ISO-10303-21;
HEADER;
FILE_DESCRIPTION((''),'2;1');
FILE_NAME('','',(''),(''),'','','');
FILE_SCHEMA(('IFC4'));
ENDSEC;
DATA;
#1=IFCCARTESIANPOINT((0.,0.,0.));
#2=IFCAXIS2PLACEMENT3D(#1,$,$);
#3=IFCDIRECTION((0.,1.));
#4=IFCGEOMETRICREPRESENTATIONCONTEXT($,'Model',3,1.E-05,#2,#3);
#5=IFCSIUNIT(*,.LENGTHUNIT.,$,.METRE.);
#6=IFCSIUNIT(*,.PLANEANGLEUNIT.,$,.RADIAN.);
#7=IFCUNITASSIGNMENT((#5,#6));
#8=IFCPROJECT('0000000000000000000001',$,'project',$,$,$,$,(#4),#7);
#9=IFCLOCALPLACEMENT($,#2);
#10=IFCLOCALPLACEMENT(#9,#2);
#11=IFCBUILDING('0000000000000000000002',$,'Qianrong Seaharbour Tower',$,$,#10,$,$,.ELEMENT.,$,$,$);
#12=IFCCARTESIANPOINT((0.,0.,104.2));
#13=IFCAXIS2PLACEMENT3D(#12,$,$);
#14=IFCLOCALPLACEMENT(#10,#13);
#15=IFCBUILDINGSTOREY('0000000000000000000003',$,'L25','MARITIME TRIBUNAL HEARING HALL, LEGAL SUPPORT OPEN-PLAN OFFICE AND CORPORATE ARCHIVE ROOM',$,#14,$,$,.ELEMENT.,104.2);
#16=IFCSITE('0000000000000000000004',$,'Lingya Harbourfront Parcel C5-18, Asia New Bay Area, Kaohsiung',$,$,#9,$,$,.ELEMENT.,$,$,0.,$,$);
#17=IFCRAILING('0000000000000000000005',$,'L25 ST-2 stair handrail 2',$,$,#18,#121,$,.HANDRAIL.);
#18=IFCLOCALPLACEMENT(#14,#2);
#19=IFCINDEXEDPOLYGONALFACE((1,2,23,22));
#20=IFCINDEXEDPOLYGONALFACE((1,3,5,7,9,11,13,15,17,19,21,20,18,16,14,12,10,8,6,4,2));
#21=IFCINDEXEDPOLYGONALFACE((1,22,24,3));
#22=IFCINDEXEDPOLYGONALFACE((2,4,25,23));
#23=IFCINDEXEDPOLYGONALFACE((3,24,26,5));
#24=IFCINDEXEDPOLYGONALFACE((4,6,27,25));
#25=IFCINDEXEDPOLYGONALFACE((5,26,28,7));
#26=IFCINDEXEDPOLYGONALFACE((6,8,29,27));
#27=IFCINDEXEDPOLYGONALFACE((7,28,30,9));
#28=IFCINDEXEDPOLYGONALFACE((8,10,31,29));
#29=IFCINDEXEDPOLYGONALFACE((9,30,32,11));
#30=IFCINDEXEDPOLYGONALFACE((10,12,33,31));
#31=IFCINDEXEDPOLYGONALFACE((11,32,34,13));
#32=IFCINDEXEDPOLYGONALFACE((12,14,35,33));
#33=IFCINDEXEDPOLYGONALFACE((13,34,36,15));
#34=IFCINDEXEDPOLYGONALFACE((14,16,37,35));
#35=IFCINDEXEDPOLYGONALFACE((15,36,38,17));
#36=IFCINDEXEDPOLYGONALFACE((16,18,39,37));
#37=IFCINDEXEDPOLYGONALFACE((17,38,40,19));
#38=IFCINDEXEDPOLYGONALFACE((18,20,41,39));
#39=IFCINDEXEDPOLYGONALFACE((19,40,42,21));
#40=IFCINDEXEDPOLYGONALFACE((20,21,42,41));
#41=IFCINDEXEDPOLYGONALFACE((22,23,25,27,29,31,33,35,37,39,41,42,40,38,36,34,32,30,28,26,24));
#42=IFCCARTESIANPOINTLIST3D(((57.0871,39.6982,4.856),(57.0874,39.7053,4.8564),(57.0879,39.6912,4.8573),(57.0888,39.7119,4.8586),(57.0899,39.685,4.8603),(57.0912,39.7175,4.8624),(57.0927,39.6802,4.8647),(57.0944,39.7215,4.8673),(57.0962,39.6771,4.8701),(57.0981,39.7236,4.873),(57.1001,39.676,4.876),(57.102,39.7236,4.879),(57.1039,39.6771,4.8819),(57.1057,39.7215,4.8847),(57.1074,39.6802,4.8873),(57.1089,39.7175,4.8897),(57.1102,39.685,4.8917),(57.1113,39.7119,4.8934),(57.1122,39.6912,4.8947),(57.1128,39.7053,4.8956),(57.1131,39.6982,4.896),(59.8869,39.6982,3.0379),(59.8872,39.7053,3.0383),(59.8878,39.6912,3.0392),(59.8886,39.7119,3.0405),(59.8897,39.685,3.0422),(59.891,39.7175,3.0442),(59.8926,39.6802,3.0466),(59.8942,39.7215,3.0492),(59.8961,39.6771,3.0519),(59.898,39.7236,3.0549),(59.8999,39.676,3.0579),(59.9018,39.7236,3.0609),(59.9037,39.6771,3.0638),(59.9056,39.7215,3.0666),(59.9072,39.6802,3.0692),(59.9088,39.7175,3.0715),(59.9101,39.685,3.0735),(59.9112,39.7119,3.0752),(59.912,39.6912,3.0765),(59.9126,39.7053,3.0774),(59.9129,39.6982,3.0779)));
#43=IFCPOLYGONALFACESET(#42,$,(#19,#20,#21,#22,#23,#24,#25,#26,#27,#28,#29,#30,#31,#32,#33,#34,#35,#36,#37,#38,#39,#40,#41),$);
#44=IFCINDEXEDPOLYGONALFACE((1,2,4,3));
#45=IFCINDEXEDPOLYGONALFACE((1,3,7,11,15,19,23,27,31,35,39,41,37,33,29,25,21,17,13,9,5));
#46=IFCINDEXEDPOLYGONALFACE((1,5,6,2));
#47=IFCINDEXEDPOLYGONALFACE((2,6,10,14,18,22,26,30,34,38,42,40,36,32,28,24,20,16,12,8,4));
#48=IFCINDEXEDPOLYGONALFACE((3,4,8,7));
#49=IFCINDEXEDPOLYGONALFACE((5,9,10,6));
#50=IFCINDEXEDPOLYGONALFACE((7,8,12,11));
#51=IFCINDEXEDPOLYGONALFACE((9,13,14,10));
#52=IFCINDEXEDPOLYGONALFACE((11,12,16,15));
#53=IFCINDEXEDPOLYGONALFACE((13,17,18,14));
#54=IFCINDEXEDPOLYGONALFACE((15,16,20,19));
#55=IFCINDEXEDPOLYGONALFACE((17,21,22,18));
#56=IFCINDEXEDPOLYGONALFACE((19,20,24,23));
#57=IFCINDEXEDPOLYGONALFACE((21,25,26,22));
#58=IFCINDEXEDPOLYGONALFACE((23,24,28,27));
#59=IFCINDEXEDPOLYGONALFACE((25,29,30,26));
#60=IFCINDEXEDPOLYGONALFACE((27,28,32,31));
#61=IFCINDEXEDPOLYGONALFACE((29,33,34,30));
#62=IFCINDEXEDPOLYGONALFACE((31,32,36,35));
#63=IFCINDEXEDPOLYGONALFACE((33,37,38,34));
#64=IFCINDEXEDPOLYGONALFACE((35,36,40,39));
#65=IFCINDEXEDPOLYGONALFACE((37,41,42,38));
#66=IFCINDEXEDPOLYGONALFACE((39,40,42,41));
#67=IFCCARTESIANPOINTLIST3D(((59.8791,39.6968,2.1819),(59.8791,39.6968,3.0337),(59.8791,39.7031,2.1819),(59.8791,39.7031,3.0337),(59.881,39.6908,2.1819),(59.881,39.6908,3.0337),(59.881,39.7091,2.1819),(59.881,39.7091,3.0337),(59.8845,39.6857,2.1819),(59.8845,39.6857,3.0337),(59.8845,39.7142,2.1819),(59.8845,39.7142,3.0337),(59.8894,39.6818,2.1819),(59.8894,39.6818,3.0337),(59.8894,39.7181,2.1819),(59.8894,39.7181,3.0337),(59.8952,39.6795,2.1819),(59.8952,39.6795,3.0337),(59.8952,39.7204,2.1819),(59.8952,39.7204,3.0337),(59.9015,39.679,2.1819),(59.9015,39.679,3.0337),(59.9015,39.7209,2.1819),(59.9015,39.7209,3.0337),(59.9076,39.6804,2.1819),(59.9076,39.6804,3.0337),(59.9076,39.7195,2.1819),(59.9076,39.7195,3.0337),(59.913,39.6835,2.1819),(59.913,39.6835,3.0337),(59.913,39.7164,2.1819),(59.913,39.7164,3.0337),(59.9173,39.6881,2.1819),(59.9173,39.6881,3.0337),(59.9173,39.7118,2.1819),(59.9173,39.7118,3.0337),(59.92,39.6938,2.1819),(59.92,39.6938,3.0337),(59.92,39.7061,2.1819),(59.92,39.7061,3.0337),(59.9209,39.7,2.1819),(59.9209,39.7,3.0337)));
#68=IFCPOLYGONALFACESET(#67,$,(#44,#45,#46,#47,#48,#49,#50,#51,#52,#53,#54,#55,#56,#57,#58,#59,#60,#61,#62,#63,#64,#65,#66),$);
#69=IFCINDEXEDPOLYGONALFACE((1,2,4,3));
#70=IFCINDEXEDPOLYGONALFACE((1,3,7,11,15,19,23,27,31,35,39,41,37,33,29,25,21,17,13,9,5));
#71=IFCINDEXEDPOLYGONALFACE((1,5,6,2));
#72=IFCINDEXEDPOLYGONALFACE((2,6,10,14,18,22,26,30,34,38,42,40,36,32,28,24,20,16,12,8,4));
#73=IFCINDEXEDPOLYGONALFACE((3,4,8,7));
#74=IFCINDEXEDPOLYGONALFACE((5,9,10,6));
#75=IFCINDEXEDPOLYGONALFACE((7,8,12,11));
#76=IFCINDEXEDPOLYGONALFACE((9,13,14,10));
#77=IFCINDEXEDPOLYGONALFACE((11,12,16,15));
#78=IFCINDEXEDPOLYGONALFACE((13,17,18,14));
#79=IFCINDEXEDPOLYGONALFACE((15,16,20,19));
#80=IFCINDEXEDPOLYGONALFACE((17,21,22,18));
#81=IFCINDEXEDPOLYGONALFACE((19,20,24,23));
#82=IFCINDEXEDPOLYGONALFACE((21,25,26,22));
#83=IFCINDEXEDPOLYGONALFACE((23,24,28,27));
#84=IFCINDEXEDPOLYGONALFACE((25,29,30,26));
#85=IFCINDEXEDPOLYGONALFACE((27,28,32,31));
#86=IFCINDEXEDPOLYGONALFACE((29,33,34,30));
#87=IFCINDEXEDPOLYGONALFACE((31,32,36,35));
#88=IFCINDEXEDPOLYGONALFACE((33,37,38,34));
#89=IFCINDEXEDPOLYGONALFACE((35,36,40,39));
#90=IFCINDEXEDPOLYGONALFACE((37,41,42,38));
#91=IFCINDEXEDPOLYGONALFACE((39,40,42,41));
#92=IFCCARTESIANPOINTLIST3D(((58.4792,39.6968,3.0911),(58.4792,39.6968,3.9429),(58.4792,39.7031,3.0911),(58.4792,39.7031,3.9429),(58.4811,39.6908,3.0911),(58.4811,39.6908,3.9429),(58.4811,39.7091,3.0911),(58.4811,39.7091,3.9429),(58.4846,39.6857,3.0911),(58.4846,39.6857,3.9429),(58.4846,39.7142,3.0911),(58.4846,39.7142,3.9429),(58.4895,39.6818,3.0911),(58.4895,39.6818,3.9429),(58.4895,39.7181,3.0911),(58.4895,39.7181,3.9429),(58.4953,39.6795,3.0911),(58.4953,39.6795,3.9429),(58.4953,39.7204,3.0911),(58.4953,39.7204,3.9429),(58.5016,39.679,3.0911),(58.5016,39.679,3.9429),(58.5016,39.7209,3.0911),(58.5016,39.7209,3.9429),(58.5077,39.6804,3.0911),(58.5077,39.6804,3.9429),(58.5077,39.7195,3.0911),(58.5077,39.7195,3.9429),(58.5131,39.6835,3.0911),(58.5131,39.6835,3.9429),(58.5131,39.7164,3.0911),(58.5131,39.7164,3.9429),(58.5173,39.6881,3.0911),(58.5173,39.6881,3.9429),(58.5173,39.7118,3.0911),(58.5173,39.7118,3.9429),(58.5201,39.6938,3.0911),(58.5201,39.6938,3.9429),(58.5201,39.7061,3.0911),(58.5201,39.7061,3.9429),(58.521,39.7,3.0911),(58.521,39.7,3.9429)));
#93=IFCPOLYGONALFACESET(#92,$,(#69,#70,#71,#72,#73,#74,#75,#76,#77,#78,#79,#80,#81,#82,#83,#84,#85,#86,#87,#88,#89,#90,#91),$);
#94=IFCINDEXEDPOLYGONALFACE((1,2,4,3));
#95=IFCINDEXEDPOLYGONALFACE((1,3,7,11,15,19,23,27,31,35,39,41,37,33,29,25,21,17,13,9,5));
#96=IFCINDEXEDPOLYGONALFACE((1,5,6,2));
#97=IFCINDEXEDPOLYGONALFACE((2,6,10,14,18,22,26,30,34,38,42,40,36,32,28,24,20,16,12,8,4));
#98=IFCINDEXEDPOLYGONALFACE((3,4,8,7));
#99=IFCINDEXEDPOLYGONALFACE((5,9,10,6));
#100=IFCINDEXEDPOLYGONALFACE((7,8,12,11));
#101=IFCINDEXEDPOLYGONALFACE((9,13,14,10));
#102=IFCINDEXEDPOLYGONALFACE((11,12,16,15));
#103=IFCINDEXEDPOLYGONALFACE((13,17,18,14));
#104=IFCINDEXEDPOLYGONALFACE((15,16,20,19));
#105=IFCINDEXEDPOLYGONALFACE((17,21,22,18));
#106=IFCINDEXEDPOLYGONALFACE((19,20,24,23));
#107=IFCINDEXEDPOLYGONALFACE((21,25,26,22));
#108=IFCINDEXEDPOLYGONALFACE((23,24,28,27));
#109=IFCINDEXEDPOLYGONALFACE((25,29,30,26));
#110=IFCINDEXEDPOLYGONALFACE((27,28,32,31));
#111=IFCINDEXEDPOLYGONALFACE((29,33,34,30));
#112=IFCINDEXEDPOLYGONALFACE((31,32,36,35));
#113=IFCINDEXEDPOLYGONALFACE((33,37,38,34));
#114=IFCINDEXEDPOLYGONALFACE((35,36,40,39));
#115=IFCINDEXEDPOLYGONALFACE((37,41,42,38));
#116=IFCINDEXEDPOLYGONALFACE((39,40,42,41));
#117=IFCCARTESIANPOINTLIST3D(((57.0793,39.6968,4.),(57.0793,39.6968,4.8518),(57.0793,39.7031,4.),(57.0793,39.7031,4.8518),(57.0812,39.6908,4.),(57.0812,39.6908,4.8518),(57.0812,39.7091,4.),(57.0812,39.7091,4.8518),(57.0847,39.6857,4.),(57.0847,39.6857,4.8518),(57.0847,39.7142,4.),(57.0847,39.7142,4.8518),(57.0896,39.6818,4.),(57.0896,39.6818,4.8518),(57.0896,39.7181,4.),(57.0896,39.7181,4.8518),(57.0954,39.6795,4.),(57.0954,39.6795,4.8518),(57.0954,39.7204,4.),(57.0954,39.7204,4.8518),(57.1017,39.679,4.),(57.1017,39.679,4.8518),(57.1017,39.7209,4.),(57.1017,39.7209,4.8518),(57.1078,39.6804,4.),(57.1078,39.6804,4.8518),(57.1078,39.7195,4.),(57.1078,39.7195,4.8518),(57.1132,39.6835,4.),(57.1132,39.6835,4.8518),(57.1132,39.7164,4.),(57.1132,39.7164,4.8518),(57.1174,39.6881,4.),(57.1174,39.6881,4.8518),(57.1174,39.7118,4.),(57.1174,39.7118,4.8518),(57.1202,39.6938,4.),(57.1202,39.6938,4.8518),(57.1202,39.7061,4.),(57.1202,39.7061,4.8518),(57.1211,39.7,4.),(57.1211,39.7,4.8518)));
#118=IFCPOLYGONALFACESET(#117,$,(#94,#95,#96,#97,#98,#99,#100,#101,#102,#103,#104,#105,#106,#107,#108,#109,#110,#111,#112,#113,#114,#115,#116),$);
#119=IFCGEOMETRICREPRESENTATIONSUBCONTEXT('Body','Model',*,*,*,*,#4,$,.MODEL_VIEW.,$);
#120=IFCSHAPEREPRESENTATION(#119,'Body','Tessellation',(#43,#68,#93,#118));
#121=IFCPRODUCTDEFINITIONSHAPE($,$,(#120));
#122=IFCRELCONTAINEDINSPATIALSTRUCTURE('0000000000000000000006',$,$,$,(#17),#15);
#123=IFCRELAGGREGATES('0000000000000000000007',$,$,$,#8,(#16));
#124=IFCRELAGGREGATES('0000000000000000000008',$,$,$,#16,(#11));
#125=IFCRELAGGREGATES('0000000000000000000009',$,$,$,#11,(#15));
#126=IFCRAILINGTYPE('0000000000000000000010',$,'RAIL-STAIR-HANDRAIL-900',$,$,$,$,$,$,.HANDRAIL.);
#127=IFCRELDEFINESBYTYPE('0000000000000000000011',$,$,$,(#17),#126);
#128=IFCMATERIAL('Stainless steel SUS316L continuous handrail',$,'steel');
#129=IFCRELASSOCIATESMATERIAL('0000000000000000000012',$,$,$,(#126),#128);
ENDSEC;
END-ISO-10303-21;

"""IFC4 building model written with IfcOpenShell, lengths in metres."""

from ifc_helpers import new_model, si_unit, direction, frame, origin, origin_2d, place, context, subcontext, project, spatial, circle, extrude, material, type_object, element, save


model = new_model("IFC4")

# Units and contexts
model_context = context("Model", 3, precision=1e-05, world=origin(), true_north=direction((0.0, 1.0)))
body_context = subcontext(model_context, "Body", "Model", "MODEL_VIEW")
ifc_project = project(units=[si_unit("LENGTHUNIT", "METRE"), si_unit("PLANEANGLEUNIT", "RADIAN")], contexts=[model_context])

# Site, building, storey
site_placement = place(None, origin())
site = spatial("IfcSite", under=ifc_project, at=site_placement, Name="Lingya Harbourfront Parcel C5-18, Asia New Bay Area, Kaohsiung", CompositionType="ELEMENT", RefElevation=0.0)
building_placement = place(site_placement, origin())
building = spatial("IfcBuilding", under=site, at=building_placement, Name="Qianrong Seaharbour Tower", CompositionType="ELEMENT")
storey_placement = place(building_placement, frame((0.0, 0.0, 104.2)))
storey = spatial("IfcBuildingStorey", under=building, at=storey_placement, Name="L25", Description="MARITIME TRIBUNAL HEARING HALL, LEGAL SUPPORT OPEN-PLAN OFFICE AND CORPORATE ARCHIVE ROOM", CompositionType="ELEMENT", Elevation=104.2)

# Railing
ifc_material_1 = material(Name="Stainless steel SUS316L continuous handrail", Category="steel")
railing_type_1 = type_object("IfcRailingType", Name="RAIL-STAIR-HANDRAIL-900", PredefinedType="HANDRAIL", material=ifc_material_1)
railing_1_placement = place(storey_placement, frame((59.8999, 39.7, 2.1819)))
element("IfcRailing", 1, at=railing_1_placement, inside=storey, type_object=railing_type_1, Name="L25 ST-2 stair handrail 2", PredefinedType="HANDRAIL", context=body_context, shape_type="SweptSolid", body=[
    extrude(circle(Radius=0.0239, at=origin_2d()), frame((0.0, 0.0, 0.876), z_axis=(-0.838684, 0.0, 0.544618), x_axis=(0.0, -1.0, 0.0)), (0.0, 0.0, 1.0), 3.3384),
    extrude(circle(Radius=0.021, at=origin_2d()), origin(), (0.0, 0.0, 1.0), 0.8518),
    extrude(circle(Radius=0.021, at=origin_2d()), frame((-1.3999, 0.0, 0.9092)), (0.0, 0.0, 1.0), 0.8518),
    extrude(circle(Radius=0.021, at=origin_2d()), frame((-2.7998, 0.0, 1.8181)), (0.0, 0.0, 1.0), 0.8518),
])

save(model, "model.ifc")
